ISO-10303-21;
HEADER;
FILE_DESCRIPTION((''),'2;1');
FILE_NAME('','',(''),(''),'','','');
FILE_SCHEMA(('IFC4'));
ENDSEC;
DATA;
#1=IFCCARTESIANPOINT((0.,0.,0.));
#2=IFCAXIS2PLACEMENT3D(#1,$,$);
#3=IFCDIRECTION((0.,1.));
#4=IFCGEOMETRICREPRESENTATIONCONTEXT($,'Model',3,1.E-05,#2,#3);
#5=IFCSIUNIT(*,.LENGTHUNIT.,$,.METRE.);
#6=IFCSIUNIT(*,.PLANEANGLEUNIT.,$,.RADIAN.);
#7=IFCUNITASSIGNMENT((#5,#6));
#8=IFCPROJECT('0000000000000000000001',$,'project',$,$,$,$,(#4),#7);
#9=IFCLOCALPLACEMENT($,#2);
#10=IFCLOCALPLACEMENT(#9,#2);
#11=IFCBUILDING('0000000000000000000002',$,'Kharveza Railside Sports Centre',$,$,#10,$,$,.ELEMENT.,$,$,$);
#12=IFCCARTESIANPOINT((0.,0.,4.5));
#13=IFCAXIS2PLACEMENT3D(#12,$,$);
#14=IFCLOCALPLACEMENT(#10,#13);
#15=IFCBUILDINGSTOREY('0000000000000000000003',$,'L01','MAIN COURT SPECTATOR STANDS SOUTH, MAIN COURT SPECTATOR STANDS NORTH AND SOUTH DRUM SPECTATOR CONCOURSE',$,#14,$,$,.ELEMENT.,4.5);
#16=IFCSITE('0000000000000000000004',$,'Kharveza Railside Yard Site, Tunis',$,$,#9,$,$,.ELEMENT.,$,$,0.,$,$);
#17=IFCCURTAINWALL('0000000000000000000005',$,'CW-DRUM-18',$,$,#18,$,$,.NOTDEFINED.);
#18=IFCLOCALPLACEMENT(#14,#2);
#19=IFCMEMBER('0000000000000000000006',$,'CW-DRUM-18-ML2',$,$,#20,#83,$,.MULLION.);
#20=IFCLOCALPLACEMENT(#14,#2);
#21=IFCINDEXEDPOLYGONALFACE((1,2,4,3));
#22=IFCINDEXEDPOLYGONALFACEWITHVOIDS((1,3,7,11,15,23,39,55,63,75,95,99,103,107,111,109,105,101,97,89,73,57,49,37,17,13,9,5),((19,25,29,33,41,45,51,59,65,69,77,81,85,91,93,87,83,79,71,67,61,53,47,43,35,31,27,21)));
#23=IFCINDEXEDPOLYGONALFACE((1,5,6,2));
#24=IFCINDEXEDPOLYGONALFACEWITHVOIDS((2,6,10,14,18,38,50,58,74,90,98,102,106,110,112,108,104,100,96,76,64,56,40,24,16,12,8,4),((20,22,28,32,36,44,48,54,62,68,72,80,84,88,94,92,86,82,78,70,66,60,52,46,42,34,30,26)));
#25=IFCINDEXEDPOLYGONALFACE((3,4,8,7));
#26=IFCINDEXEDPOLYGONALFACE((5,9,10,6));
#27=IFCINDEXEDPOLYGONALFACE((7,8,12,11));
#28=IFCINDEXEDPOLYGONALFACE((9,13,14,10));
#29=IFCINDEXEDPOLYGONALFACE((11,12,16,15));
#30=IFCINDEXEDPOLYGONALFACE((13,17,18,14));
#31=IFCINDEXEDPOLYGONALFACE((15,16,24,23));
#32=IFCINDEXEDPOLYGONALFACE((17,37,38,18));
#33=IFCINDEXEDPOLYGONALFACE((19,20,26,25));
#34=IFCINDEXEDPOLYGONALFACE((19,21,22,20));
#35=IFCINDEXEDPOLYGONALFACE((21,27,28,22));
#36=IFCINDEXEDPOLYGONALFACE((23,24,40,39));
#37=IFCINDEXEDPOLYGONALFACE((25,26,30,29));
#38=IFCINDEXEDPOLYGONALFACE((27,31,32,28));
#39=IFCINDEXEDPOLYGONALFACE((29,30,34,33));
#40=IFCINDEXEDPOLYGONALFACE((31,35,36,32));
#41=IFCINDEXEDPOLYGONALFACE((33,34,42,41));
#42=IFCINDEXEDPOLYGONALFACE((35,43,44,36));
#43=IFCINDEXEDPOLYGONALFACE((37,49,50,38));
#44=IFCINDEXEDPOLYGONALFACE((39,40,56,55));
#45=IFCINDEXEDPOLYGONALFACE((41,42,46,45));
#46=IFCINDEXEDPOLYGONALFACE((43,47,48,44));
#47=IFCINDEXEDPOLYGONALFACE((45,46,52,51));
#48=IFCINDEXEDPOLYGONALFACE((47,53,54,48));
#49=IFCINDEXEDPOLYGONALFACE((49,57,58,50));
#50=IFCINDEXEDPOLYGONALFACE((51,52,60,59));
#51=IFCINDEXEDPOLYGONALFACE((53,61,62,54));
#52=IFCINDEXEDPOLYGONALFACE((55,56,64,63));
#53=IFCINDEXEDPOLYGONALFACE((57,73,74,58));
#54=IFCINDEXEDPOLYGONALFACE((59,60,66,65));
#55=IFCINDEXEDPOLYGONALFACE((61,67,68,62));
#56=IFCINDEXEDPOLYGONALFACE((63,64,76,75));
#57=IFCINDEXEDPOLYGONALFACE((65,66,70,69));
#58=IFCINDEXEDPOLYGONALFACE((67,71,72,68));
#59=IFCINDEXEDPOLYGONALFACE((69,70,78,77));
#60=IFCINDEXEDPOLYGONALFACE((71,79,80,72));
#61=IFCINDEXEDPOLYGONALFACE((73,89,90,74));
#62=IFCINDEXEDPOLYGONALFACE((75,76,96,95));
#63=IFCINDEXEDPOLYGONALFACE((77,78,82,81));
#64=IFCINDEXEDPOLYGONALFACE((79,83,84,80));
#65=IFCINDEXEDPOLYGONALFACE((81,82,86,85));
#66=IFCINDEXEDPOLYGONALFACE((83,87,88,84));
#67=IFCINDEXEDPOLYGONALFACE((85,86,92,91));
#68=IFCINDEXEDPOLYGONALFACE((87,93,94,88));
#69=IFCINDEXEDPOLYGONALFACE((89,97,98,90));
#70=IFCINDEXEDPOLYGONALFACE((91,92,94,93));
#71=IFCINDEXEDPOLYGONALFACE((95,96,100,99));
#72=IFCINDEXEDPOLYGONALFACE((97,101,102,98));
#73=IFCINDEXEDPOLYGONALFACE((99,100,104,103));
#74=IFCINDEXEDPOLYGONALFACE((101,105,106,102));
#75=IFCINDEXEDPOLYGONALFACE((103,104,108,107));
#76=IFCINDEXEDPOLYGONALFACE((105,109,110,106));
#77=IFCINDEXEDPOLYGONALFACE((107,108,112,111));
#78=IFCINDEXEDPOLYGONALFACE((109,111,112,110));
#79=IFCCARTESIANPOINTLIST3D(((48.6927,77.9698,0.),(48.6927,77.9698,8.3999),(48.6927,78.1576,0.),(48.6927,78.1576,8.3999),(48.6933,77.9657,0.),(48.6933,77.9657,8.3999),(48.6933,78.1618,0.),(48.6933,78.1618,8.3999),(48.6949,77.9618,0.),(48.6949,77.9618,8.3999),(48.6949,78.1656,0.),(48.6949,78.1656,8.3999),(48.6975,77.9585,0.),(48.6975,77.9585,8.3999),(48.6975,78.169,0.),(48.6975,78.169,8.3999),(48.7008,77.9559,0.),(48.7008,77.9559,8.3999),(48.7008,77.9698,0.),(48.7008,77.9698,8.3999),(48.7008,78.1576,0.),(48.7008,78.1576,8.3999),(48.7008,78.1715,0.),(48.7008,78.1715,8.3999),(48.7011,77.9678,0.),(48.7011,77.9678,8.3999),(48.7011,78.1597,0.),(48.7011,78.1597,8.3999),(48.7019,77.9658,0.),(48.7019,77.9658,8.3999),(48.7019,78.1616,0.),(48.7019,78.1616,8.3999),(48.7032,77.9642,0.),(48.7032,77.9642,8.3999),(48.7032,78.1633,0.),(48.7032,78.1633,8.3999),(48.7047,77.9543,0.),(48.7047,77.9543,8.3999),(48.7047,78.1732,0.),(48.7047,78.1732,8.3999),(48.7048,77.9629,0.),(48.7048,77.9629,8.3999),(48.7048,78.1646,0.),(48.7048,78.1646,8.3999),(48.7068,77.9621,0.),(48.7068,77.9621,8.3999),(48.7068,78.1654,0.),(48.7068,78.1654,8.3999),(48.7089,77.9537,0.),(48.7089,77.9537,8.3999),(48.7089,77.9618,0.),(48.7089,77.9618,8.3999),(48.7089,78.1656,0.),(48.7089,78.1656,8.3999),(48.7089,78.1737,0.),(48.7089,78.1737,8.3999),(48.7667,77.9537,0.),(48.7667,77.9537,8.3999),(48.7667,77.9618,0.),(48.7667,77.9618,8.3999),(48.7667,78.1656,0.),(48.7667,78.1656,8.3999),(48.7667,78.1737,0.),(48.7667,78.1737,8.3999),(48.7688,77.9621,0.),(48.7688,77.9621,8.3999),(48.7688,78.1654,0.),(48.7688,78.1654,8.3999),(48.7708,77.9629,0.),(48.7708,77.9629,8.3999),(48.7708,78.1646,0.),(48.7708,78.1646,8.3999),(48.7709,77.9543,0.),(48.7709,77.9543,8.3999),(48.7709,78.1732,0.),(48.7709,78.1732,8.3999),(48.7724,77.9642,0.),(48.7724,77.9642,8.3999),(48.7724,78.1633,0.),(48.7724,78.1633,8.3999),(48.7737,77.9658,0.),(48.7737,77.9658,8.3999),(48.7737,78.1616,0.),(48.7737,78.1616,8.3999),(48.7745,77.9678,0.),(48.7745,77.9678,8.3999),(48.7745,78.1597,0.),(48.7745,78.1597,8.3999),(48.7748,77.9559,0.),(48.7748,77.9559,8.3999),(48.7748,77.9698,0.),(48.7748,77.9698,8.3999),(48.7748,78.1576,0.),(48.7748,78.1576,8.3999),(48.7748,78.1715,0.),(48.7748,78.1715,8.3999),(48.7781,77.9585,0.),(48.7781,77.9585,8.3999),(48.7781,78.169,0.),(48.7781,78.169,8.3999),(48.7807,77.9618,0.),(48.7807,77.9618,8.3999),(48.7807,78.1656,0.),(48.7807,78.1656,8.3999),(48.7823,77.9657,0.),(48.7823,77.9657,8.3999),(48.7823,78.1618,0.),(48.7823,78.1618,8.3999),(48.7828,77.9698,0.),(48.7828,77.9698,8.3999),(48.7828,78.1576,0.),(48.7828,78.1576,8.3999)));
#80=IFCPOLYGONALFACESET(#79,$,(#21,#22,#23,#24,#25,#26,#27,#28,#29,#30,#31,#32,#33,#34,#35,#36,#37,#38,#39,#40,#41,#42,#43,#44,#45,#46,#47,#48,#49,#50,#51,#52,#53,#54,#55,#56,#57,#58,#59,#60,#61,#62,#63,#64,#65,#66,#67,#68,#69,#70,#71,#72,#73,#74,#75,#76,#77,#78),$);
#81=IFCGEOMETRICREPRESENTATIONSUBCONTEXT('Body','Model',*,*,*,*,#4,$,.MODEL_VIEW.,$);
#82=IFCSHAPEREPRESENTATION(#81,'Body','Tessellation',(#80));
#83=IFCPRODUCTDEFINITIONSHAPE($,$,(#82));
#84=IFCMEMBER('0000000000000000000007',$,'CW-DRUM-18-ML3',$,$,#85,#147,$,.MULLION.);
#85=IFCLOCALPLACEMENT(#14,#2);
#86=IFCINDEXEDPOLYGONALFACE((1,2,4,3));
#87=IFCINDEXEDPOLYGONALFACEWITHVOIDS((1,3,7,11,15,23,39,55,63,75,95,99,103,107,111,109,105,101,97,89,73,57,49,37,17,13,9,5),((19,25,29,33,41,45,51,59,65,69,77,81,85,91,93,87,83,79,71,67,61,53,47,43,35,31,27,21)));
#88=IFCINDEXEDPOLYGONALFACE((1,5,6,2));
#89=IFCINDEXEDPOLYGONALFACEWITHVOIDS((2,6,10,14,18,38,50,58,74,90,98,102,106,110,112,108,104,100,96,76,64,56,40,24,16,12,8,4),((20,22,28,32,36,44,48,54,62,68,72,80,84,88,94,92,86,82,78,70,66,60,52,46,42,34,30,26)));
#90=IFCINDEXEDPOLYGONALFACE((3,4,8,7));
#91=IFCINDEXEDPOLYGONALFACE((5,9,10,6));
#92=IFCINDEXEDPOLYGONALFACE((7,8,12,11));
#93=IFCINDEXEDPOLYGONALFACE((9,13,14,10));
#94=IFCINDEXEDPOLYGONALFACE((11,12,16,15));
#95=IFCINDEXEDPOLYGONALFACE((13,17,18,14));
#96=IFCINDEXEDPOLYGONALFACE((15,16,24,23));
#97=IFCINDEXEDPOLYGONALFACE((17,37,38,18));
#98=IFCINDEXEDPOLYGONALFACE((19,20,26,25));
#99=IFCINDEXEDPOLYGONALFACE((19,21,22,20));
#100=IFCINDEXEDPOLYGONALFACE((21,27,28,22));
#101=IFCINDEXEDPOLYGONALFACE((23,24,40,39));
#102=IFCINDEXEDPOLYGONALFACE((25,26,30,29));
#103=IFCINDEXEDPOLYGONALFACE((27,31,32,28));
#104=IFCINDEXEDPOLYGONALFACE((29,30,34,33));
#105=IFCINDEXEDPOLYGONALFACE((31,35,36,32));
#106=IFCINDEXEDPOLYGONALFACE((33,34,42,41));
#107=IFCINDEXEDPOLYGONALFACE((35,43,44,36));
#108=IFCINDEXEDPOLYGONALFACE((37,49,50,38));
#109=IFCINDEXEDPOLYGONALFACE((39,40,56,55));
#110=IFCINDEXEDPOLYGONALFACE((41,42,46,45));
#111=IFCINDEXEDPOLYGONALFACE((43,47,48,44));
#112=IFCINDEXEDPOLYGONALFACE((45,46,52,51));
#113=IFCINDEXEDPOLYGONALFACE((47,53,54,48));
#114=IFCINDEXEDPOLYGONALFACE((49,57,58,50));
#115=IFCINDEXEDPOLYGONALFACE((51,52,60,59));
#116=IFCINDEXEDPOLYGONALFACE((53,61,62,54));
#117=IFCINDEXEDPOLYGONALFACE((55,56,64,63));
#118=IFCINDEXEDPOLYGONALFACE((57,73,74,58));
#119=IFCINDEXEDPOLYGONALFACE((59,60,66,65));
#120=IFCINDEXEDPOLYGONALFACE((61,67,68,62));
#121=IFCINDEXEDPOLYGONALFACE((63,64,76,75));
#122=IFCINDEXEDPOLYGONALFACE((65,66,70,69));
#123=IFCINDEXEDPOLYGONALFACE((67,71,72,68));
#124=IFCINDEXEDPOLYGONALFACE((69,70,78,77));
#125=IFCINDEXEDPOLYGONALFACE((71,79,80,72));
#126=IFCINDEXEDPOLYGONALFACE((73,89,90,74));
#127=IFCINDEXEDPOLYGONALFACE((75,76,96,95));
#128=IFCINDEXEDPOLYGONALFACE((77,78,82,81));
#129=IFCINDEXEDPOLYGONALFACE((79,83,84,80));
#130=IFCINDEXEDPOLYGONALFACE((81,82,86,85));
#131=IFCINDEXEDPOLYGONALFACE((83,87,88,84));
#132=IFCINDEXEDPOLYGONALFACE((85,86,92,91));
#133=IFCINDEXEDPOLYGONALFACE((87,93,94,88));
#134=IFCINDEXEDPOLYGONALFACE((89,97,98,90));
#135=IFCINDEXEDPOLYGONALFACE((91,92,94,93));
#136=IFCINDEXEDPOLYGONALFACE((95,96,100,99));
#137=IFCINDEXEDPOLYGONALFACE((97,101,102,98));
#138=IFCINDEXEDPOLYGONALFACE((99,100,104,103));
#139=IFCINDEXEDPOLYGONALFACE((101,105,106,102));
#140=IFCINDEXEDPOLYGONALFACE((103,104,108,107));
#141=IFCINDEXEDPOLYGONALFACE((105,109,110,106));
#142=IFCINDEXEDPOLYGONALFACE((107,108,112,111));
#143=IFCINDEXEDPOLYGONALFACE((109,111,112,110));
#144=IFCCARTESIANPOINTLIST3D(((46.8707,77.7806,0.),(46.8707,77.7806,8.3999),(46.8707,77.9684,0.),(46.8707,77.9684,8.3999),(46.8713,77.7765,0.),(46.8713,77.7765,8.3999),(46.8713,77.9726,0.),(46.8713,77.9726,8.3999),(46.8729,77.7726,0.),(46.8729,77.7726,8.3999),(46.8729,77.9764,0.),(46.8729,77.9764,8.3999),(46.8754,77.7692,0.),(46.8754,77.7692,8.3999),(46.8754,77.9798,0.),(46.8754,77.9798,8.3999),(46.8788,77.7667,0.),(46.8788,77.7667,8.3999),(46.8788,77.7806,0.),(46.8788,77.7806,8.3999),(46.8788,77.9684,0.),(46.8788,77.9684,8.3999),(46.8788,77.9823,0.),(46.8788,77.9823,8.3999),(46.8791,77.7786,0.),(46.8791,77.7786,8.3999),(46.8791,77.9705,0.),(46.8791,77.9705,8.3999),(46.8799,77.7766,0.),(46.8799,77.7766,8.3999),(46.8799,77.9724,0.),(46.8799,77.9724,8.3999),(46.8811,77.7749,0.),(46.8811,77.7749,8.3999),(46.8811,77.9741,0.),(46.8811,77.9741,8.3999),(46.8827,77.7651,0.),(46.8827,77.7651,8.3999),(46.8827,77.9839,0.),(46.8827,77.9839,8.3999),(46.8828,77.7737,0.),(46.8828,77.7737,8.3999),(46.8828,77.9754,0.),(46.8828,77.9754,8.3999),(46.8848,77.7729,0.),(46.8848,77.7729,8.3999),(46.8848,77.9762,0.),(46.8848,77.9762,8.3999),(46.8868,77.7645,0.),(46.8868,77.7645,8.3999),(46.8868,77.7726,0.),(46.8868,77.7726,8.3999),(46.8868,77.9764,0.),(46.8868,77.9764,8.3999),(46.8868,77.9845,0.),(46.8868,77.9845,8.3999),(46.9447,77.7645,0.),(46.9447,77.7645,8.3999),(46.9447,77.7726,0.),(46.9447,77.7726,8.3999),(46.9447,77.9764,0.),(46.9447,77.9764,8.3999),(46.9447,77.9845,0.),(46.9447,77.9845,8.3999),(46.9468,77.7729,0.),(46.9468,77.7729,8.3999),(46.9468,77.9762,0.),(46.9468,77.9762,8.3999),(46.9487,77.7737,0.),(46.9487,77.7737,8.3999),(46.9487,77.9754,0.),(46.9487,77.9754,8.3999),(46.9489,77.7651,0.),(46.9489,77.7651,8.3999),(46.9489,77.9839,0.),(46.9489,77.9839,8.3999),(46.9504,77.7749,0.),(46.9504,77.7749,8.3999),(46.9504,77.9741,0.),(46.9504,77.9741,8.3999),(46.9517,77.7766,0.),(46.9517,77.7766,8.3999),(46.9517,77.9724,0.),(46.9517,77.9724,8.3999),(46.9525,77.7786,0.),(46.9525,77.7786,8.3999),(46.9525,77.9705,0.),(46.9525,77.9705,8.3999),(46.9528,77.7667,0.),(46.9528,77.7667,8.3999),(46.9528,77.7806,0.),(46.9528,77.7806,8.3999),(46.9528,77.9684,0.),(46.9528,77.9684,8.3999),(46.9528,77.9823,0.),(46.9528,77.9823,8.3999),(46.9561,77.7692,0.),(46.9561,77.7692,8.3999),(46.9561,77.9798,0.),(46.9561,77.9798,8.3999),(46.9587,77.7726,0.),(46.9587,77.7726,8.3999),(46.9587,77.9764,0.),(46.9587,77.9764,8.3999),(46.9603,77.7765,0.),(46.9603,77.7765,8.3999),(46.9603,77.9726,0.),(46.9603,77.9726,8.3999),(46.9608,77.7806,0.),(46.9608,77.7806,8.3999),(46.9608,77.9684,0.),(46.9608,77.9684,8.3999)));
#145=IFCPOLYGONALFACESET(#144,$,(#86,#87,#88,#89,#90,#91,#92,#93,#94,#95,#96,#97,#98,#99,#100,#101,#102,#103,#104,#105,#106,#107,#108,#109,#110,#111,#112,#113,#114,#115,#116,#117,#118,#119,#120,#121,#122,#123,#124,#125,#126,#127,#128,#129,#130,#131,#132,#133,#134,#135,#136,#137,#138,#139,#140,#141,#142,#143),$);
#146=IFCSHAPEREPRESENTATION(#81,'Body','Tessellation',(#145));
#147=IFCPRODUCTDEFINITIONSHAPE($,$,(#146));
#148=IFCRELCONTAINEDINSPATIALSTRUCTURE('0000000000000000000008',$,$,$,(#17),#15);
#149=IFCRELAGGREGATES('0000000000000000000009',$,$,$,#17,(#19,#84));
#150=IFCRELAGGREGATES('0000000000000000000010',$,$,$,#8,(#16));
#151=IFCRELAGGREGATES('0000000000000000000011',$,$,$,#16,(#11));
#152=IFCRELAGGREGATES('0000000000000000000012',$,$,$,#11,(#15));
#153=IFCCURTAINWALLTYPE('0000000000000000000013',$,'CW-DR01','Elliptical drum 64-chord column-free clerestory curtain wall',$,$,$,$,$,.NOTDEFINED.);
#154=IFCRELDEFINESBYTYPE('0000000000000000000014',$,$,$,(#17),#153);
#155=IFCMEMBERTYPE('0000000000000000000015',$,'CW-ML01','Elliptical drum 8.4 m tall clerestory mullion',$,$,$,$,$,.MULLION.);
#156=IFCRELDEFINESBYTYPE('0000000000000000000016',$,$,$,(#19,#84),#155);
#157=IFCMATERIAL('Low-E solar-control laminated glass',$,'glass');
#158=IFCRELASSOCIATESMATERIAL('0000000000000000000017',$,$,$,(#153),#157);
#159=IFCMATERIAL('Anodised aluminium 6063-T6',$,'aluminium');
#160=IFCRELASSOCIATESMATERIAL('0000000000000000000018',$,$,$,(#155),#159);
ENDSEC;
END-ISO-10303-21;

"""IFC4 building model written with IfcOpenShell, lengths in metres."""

from ifc_helpers import new_model, si_unit, direction, frame, origin, origin_2d, place, context, subcontext, project, spatial, hollow_rectangle, extrude, material, material_profile, profile_set, type_object, element, aggregate, save


model = new_model("IFC4")

# Units and contexts
model_context = context("Model", 3, precision=1e-05, world=origin(), true_north=direction((0.0, 1.0)))
body_context = subcontext(model_context, "Body", "Model", "MODEL_VIEW")
ifc_project = project(units=[si_unit("LENGTHUNIT", "METRE"), si_unit("PLANEANGLEUNIT", "RADIAN")], contexts=[model_context])

# Site, building, storey
site_placement = place(None, origin())
site = spatial("IfcSite", under=ifc_project, at=site_placement, Name="Kharveza Railside Yard Site, Tunis", CompositionType="ELEMENT", RefElevation=0.0)
building_placement = place(site_placement, origin())
building = spatial("IfcBuilding", under=site, at=building_placement, Name="Kharveza Railside Sports Centre", CompositionType="ELEMENT")
storey_placement = place(building_placement, frame((0.0, 0.0, 4.5)))
storey = spatial("IfcBuildingStorey", under=building, at=storey_placement, Name="L01", Description="MAIN COURT SPECTATOR STANDS SOUTH, MAIN COURT SPECTATOR STANDS NORTH AND SOUTH DRUM SPECTATOR CONCOURSE", CompositionType="ELEMENT", Elevation=4.5)

# Curtain wall, members
ifc_material_1 = material(Name="Low-E solar-control laminated glass", Category="glass")
curtain_wall_type = type_object("IfcCurtainWallType", Name="CW-DR01", Description="Elliptical drum 64-chord column-free clerestory curtain wall", PredefinedType="NOTDEFINED", material=ifc_material_1)
ifc_material_2 = material(Name="Anodised aluminium 6063-T6", Category="aluminium")
ifc_material_profile_1 = material_profile(ifc_material_2, hollow_rectangle(XDim=0.0901, YDim=0.22, WallThickness=0.0081, InnerFilletRadius=0.0081, OuterFilletRadius=0.0161, at=origin_2d()), Name="RHS 90x220x8.0")
ifc_profile_set_1 = profile_set([ifc_material_profile_1], Name="Anodised aluminium 6063-T6")
member_type_1 = type_object("IfcMemberType", Name="CW-ML01", Description="Elliptical drum 8.4 m tall clerestory mullion", PredefinedType="MULLION", material=ifc_profile_set_1)
curtain_wall_1_placement = place(storey_placement, origin())
curtain_wall_1 = element("IfcCurtainWall", 1, at=curtain_wall_1_placement, inside=storey, type_object=curtain_wall_type, Name="CW-DRUM-18", PredefinedType="NOTDEFINED")
member_1_placement = place(storey_placement, frame((48.7378, 78.0637, 0.0), z_axis=(0.0, 0.0, 1.0), x_axis=(1.0, 0.0, 0.0)))
member_1 = element("IfcMember", 2, at=member_1_placement, type_object=member_type_1, Name="CW-DRUM-18-ML2", PredefinedType="MULLION", context=body_context, shape_type="SweptSolid", body=[
    extrude(hollow_rectangle(XDim=0.0901, YDim=0.22, WallThickness=0.0081, InnerFilletRadius=0.0081, OuterFilletRadius=0.0161, at=origin_2d()), origin(), (0.0, 0.0, 1.0), 8.3999),
])
member_2_placement = place(storey_placement, frame((46.9158, 77.8745, 0.0), z_axis=(0.0, 0.0, 1.0), x_axis=(1.0, 0.0, 0.0)))
member_2 = element("IfcMember", 3, at=member_2_placement, type_object=member_type_1, Name="CW-DRUM-18-ML3", PredefinedType="MULLION", context=body_context, shape_type="SweptSolid", body=[
    extrude(hollow_rectangle(XDim=0.0901, YDim=0.22, WallThickness=0.0081, InnerFilletRadius=0.0081, OuterFilletRadius=0.0161, at=origin_2d()), origin(), (0.0, 0.0, 1.0), 8.3999),
])

aggregate(curtain_wall_1, [member_1, member_2])

save(model, "model.ifc")
